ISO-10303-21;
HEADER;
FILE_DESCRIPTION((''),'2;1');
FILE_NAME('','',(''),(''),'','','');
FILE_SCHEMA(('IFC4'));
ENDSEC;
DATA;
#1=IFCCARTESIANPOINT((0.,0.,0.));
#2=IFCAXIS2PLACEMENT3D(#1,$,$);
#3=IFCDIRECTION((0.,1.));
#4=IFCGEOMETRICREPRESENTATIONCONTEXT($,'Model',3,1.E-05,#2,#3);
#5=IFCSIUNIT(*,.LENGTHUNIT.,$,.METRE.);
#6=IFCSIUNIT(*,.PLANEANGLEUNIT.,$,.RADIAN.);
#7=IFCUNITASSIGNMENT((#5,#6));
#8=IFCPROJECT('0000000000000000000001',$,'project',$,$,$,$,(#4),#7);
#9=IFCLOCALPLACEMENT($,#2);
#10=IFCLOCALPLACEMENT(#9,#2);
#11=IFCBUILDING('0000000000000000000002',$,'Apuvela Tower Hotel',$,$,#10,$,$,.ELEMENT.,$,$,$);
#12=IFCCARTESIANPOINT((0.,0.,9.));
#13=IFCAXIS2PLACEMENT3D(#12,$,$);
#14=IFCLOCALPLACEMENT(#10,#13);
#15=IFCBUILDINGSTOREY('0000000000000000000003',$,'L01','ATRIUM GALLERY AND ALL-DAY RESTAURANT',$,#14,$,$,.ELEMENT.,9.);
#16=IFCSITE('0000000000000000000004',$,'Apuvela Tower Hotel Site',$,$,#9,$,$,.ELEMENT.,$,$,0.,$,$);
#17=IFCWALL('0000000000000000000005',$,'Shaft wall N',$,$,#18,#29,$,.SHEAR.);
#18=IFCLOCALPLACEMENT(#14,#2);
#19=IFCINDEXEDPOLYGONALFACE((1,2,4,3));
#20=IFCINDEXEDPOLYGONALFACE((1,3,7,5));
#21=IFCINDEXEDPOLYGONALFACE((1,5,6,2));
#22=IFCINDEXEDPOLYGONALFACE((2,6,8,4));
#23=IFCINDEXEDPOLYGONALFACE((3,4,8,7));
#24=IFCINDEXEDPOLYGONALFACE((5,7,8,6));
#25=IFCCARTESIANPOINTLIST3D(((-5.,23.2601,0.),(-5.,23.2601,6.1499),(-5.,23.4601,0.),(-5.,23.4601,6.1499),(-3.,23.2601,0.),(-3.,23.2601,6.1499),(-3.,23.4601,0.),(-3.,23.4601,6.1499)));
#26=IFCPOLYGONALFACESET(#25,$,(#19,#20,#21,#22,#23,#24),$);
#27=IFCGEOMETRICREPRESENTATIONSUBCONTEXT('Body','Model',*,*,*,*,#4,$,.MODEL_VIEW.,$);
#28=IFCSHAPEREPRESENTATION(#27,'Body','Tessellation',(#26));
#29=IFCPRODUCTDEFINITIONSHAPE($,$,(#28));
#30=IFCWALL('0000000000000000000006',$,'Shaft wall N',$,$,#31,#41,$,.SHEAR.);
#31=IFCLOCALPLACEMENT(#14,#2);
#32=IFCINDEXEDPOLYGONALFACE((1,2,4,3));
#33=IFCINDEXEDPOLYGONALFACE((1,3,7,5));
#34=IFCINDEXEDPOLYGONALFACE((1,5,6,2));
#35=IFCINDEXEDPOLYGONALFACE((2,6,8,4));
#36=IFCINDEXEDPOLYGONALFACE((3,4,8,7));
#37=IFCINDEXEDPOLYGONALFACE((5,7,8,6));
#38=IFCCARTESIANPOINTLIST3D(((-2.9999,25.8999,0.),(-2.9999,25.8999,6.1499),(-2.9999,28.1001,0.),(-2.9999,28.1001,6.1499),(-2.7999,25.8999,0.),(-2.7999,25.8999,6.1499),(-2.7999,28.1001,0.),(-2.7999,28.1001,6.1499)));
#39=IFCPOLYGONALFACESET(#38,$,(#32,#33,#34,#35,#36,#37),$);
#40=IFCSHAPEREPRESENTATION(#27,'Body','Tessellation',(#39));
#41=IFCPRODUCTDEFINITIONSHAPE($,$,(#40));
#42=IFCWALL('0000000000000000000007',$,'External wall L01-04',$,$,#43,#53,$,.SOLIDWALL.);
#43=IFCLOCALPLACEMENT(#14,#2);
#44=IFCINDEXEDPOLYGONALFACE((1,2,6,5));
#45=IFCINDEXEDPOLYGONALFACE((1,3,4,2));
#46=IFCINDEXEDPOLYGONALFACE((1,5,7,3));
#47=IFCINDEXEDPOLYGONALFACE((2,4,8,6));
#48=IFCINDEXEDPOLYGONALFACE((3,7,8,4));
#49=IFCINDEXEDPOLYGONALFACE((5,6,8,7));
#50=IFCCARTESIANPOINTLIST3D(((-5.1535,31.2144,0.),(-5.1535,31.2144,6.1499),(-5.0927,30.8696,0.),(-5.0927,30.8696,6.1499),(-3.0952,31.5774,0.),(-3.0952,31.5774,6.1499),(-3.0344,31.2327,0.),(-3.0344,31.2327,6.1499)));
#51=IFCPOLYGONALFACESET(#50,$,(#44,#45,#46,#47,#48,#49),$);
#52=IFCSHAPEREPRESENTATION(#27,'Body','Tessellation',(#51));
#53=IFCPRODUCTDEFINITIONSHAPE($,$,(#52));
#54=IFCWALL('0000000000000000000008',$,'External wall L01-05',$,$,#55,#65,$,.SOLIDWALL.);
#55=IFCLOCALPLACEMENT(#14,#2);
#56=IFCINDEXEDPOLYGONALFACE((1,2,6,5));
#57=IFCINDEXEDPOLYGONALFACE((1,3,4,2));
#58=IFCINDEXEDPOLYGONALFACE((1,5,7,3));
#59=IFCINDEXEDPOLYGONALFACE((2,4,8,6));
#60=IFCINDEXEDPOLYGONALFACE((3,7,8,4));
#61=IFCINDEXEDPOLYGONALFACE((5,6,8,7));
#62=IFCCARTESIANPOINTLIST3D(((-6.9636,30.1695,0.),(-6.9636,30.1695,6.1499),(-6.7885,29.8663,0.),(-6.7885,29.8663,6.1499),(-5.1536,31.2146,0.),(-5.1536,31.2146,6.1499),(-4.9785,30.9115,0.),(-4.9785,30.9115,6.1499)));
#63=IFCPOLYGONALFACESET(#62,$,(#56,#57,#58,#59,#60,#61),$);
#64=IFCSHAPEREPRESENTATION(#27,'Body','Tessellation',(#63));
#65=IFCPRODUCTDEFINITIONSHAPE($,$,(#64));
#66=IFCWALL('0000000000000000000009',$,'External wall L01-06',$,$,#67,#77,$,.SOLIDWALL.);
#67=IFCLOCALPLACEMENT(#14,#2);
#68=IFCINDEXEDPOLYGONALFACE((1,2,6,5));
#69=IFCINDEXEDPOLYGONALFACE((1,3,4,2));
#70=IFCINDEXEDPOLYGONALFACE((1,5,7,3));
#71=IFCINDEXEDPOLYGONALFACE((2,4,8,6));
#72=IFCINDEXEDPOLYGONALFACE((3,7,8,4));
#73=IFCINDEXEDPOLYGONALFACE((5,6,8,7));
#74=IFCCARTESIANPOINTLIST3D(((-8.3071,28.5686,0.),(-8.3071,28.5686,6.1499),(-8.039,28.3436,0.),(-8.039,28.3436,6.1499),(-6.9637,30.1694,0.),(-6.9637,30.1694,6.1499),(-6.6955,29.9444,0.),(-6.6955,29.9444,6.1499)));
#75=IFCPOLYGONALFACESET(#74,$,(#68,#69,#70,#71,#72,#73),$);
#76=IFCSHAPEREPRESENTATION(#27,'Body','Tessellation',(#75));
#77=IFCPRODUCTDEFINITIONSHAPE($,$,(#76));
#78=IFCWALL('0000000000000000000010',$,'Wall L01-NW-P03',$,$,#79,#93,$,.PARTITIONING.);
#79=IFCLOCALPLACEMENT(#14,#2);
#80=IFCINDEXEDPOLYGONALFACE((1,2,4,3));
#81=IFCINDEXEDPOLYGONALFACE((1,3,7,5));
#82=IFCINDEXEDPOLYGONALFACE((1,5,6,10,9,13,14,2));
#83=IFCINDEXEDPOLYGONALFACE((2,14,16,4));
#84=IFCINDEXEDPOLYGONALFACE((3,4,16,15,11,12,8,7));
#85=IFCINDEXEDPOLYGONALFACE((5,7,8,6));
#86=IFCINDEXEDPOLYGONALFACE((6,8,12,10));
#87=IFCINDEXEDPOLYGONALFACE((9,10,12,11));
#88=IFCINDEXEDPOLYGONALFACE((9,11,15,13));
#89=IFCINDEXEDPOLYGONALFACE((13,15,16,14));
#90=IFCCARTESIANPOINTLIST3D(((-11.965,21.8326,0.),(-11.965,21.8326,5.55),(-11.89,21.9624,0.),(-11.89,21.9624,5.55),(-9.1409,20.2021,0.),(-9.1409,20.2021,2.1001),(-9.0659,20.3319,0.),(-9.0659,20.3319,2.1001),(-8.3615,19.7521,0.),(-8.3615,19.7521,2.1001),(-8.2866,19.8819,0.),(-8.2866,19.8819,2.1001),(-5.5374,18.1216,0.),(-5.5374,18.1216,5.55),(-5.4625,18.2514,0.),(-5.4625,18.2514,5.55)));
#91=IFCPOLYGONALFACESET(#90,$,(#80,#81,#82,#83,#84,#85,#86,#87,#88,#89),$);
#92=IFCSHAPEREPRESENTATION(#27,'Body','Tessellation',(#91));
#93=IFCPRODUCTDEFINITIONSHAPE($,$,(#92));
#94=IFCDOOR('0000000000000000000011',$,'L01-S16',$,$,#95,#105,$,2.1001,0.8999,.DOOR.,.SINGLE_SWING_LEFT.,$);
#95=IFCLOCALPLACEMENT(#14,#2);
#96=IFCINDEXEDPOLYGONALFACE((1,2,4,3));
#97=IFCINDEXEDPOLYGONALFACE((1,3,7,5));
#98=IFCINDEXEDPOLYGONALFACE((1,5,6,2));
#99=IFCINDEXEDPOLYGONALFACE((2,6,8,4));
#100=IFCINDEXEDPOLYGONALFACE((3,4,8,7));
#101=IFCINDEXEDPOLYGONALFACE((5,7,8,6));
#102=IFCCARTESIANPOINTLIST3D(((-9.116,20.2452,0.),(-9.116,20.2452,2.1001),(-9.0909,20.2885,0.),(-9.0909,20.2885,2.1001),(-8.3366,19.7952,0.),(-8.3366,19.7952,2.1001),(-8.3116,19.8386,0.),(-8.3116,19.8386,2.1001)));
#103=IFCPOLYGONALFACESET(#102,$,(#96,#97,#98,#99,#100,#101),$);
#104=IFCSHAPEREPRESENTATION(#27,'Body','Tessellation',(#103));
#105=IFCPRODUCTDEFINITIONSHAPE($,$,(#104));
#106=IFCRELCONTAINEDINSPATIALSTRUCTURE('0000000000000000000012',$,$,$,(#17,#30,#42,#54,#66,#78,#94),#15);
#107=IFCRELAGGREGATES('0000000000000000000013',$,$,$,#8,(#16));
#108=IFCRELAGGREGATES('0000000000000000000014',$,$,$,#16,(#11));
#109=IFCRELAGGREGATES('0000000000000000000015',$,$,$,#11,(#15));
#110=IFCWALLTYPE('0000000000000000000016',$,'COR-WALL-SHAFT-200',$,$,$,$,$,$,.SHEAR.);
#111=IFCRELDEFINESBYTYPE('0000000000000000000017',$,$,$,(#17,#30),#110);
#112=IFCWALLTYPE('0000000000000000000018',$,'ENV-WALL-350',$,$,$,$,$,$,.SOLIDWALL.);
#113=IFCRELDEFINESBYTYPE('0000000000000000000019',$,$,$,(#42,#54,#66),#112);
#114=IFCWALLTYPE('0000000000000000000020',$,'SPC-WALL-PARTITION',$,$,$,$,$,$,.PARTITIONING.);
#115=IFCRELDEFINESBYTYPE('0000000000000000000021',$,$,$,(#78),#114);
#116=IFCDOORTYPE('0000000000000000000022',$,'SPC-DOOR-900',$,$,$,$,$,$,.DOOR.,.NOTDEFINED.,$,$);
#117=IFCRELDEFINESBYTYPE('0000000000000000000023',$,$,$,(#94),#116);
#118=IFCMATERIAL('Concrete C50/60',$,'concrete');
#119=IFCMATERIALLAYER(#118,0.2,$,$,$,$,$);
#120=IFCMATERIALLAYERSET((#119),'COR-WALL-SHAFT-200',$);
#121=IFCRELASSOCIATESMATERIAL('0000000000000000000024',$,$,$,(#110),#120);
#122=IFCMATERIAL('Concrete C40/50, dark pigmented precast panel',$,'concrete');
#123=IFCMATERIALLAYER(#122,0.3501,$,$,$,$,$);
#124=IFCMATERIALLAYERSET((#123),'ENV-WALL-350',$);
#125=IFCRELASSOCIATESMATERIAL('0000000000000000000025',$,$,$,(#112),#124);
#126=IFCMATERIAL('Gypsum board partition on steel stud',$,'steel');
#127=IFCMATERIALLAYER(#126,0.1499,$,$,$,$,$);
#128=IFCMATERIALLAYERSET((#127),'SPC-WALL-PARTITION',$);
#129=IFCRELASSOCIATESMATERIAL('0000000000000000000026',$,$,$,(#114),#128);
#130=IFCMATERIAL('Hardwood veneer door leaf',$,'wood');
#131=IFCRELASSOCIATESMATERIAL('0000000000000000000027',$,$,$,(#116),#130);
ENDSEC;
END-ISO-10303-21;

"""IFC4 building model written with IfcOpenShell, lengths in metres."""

from ifc_helpers import new_model, si_unit, direction, frame, frame_2d, origin, place, context, subcontext, project, spatial, rectangle, extrude, material, layer, layer_set, type_object, element, fill, save


model = new_model("IFC4")

# Units and contexts
model_context = context("Model", 3, precision=1e-05, world=origin(), true_north=direction((0.0, 1.0)))
body_context = subcontext(model_context, "Body", "Model", "MODEL_VIEW")
ifc_project = project(units=[si_unit("LENGTHUNIT", "METRE"), si_unit("PLANEANGLEUNIT", "RADIAN")], contexts=[model_context])

# Site, building, storey
site_placement = place(None, origin())
site = spatial("IfcSite", under=ifc_project, at=site_placement, Name="Apuvela Tower Hotel Site", CompositionType="ELEMENT", RefElevation=0.0)
building_placement = place(site_placement, origin())
building = spatial("IfcBuilding", under=site, at=building_placement, Name="Apuvela Tower Hotel", CompositionType="ELEMENT")
storey_placement = place(building_placement, frame((0.0, 0.0, 9.0)))
storey = spatial("IfcBuildingStorey", under=building, at=storey_placement, Name="L01", Description="ATRIUM GALLERY AND ALL-DAY RESTAURANT", CompositionType="ELEMENT", Elevation=9.0)

# Shared definitions
ifc_material_1 = material(Name="Concrete C50/60", Category="concrete")
ifc_layer_1 = layer(ifc_material_1, 0.2)
ifc_layer_set_1 = layer_set([ifc_layer_1], Name="COR-WALL-SHAFT-200")
wall_type_1 = type_object("IfcWallType", Name="COR-WALL-SHAFT-200", PredefinedType="SHEAR", material=ifc_layer_set_1)

# Walls
wall_1_placement = place(storey_placement, frame((-3.0, 23.3601, 0.0), z_axis=(0.0, 0.0, 1.0), x_axis=(-1.0, 0.0, 0.0)))
element("IfcWall", 1, at=wall_1_placement, inside=storey, type_object=wall_type_1, Name="Shaft wall N", PredefinedType="SHEAR", context=body_context, shape_type="SweptSolid", body=[
    extrude(rectangle(XDim=2.0, YDim=0.2, at=frame_2d((1.0, 0.0))), origin(), (0.0, 0.0, 1.0), 6.1499),
])
wall_2_placement = place(storey_placement, frame((-2.8999, 25.8999, 0.0), z_axis=(0.0, 0.0, 1.0), x_axis=(0.0, 1.0, 0.0)))
element("IfcWall", 2, at=wall_2_placement, inside=storey, type_object=wall_type_1, Name="Shaft wall N", PredefinedType="SHEAR", context=body_context, shape_type="SweptSolid", body=[
    extrude(rectangle(XDim=2.2002, YDim=0.2, at=frame_2d((1.1001, 0.0))), origin(), (0.0, 0.0, 1.0), 6.1499),
])
ifc_material_2 = material(Name="Concrete C40/50, dark pigmented precast panel", Category="concrete")
ifc_layer_2 = layer(ifc_material_2, 0.3501)
ifc_layer_set_2 = layer_set([ifc_layer_2], Name="ENV-WALL-350")
wall_type_2 = type_object("IfcWallType", Name="ENV-WALL-350", PredefinedType="SOLIDWALL", material=ifc_layer_set_2)
for number, where, z_axis, x_axis, name in (
    (3, (-3.0649, 31.405, 0.0), (0.0, 0.0, 1.0), (-0.9848, -0.173692, 0.0), "External wall L01-04"),
    (4, (-5.0662, 31.063, 0.0), (0.0, 0.0, 1.0), (-0.865999, -0.500046, 0.0), "External wall L01-05"),
):
    element("IfcWall", number, at=place(storey_placement, frame(where, z_axis=z_axis, x_axis=x_axis)), inside=storey, type_object=wall_type_2, Name=name, PredefinedType="SOLIDWALL", context=body_context, shape_type="SweptSolid", body=[
        extrude(rectangle(XDim=2.0901, YDim=0.3501, at=frame_2d((1.0449, 0.0))), origin(), (0.0, 0.0, 1.0), 6.1499),
    ])
wall_3_placement = place(storey_placement, frame((-6.8296, 30.0569, 0.0), z_axis=(0.0, 0.0, 1.0), x_axis=(-0.642858, -0.765986, 0.0)))
element("IfcWall", 5, at=wall_3_placement, inside=storey, type_object=wall_type_2, Name="External wall L01-06", PredefinedType="SOLIDWALL", context=body_context, shape_type="SweptSolid", body=[
    extrude(rectangle(XDim=2.0898, YDim=0.3501, at=frame_2d((1.0449, 0.0))), origin(), (0.0, 0.0, 1.0), 6.1499),
])

# Wall, opening, door
ifc_material_3 = material(Name="Gypsum board partition on steel stud", Category="steel")
ifc_layer_3 = layer(ifc_material_3, 0.1499)
ifc_layer_set_3 = layer_set([ifc_layer_3], Name="SPC-WALL-PARTITION")
wall_type_3 = type_object("IfcWallType", Name="SPC-WALL-PARTITION", PredefinedType="PARTITIONING", material=ifc_layer_set_3)
wall_4_placement = place(storey_placement, frame((-11.9275, 21.8975, 0.0), z_axis=(0.0, 0.0, 1.0), x_axis=(0.866024, -0.500002, 0.0)))
wall_4 = element("IfcWall", 6, at=wall_4_placement, inside=storey, type_object=wall_type_3, Name="Wall L01-NW-P03", PredefinedType="PARTITIONING", context=body_context, shape_type="SweptSolid", body=[
    extrude(rectangle(XDim=7.4219, YDim=0.1499, at=frame_2d((3.7109, 0.0))), origin(), (0.0, 0.0, 1.0), 5.55),
])
opening_1_placement = place(wall_4_placement, frame((3.261, 0.0, 0.0)))
opening_1 = element("IfcOpeningElement", 7, at=opening_1_placement, cuts=wall_4, PredefinedType="OPENING", context=body_context, shape_type="SweptSolid", body=[
    extrude(rectangle(XDim=0.8999, YDim=2.1001, at=frame_2d((0.45, 1.05))), frame((0.0, 0.085, 0.0), z_axis=(0.0, -1.0, 0.0), x_axis=(1.0, 0.0, 0.0)), (0.0, 0.0, 1.0), 0.1699),
])
ifc_material_4 = material(Name="Hardwood veneer door leaf", Category="wood")
door_type_1 = type_object("IfcDoorType", Name="SPC-DOOR-900", OperationType="NOTDEFINED", PredefinedType="DOOR", material=ifc_material_4)
door_1_placement = place(opening_1_placement, origin())
door_1 = element("IfcDoor", 8, at=door_1_placement, inside=storey, type_object=door_type_1, Name="L01-S16", OperationType="SINGLE_SWING_LEFT", OverallHeight=2.1001, OverallWidth=0.8999, PredefinedType="DOOR", context=body_context, shape_type="SweptSolid", body=[
    extrude(rectangle(XDim=0.8999, YDim=2.1001, at=frame_2d((0.45, 1.05))), frame((0.0, 0.0249, 0.0), z_axis=(0.0, -1.0, 0.0), x_axis=(1.0, 0.0, 0.0)), (0.0, 0.0, 1.0), 0.05),
])
fill(opening_1, door_1)

save(model, "model.ifc")
